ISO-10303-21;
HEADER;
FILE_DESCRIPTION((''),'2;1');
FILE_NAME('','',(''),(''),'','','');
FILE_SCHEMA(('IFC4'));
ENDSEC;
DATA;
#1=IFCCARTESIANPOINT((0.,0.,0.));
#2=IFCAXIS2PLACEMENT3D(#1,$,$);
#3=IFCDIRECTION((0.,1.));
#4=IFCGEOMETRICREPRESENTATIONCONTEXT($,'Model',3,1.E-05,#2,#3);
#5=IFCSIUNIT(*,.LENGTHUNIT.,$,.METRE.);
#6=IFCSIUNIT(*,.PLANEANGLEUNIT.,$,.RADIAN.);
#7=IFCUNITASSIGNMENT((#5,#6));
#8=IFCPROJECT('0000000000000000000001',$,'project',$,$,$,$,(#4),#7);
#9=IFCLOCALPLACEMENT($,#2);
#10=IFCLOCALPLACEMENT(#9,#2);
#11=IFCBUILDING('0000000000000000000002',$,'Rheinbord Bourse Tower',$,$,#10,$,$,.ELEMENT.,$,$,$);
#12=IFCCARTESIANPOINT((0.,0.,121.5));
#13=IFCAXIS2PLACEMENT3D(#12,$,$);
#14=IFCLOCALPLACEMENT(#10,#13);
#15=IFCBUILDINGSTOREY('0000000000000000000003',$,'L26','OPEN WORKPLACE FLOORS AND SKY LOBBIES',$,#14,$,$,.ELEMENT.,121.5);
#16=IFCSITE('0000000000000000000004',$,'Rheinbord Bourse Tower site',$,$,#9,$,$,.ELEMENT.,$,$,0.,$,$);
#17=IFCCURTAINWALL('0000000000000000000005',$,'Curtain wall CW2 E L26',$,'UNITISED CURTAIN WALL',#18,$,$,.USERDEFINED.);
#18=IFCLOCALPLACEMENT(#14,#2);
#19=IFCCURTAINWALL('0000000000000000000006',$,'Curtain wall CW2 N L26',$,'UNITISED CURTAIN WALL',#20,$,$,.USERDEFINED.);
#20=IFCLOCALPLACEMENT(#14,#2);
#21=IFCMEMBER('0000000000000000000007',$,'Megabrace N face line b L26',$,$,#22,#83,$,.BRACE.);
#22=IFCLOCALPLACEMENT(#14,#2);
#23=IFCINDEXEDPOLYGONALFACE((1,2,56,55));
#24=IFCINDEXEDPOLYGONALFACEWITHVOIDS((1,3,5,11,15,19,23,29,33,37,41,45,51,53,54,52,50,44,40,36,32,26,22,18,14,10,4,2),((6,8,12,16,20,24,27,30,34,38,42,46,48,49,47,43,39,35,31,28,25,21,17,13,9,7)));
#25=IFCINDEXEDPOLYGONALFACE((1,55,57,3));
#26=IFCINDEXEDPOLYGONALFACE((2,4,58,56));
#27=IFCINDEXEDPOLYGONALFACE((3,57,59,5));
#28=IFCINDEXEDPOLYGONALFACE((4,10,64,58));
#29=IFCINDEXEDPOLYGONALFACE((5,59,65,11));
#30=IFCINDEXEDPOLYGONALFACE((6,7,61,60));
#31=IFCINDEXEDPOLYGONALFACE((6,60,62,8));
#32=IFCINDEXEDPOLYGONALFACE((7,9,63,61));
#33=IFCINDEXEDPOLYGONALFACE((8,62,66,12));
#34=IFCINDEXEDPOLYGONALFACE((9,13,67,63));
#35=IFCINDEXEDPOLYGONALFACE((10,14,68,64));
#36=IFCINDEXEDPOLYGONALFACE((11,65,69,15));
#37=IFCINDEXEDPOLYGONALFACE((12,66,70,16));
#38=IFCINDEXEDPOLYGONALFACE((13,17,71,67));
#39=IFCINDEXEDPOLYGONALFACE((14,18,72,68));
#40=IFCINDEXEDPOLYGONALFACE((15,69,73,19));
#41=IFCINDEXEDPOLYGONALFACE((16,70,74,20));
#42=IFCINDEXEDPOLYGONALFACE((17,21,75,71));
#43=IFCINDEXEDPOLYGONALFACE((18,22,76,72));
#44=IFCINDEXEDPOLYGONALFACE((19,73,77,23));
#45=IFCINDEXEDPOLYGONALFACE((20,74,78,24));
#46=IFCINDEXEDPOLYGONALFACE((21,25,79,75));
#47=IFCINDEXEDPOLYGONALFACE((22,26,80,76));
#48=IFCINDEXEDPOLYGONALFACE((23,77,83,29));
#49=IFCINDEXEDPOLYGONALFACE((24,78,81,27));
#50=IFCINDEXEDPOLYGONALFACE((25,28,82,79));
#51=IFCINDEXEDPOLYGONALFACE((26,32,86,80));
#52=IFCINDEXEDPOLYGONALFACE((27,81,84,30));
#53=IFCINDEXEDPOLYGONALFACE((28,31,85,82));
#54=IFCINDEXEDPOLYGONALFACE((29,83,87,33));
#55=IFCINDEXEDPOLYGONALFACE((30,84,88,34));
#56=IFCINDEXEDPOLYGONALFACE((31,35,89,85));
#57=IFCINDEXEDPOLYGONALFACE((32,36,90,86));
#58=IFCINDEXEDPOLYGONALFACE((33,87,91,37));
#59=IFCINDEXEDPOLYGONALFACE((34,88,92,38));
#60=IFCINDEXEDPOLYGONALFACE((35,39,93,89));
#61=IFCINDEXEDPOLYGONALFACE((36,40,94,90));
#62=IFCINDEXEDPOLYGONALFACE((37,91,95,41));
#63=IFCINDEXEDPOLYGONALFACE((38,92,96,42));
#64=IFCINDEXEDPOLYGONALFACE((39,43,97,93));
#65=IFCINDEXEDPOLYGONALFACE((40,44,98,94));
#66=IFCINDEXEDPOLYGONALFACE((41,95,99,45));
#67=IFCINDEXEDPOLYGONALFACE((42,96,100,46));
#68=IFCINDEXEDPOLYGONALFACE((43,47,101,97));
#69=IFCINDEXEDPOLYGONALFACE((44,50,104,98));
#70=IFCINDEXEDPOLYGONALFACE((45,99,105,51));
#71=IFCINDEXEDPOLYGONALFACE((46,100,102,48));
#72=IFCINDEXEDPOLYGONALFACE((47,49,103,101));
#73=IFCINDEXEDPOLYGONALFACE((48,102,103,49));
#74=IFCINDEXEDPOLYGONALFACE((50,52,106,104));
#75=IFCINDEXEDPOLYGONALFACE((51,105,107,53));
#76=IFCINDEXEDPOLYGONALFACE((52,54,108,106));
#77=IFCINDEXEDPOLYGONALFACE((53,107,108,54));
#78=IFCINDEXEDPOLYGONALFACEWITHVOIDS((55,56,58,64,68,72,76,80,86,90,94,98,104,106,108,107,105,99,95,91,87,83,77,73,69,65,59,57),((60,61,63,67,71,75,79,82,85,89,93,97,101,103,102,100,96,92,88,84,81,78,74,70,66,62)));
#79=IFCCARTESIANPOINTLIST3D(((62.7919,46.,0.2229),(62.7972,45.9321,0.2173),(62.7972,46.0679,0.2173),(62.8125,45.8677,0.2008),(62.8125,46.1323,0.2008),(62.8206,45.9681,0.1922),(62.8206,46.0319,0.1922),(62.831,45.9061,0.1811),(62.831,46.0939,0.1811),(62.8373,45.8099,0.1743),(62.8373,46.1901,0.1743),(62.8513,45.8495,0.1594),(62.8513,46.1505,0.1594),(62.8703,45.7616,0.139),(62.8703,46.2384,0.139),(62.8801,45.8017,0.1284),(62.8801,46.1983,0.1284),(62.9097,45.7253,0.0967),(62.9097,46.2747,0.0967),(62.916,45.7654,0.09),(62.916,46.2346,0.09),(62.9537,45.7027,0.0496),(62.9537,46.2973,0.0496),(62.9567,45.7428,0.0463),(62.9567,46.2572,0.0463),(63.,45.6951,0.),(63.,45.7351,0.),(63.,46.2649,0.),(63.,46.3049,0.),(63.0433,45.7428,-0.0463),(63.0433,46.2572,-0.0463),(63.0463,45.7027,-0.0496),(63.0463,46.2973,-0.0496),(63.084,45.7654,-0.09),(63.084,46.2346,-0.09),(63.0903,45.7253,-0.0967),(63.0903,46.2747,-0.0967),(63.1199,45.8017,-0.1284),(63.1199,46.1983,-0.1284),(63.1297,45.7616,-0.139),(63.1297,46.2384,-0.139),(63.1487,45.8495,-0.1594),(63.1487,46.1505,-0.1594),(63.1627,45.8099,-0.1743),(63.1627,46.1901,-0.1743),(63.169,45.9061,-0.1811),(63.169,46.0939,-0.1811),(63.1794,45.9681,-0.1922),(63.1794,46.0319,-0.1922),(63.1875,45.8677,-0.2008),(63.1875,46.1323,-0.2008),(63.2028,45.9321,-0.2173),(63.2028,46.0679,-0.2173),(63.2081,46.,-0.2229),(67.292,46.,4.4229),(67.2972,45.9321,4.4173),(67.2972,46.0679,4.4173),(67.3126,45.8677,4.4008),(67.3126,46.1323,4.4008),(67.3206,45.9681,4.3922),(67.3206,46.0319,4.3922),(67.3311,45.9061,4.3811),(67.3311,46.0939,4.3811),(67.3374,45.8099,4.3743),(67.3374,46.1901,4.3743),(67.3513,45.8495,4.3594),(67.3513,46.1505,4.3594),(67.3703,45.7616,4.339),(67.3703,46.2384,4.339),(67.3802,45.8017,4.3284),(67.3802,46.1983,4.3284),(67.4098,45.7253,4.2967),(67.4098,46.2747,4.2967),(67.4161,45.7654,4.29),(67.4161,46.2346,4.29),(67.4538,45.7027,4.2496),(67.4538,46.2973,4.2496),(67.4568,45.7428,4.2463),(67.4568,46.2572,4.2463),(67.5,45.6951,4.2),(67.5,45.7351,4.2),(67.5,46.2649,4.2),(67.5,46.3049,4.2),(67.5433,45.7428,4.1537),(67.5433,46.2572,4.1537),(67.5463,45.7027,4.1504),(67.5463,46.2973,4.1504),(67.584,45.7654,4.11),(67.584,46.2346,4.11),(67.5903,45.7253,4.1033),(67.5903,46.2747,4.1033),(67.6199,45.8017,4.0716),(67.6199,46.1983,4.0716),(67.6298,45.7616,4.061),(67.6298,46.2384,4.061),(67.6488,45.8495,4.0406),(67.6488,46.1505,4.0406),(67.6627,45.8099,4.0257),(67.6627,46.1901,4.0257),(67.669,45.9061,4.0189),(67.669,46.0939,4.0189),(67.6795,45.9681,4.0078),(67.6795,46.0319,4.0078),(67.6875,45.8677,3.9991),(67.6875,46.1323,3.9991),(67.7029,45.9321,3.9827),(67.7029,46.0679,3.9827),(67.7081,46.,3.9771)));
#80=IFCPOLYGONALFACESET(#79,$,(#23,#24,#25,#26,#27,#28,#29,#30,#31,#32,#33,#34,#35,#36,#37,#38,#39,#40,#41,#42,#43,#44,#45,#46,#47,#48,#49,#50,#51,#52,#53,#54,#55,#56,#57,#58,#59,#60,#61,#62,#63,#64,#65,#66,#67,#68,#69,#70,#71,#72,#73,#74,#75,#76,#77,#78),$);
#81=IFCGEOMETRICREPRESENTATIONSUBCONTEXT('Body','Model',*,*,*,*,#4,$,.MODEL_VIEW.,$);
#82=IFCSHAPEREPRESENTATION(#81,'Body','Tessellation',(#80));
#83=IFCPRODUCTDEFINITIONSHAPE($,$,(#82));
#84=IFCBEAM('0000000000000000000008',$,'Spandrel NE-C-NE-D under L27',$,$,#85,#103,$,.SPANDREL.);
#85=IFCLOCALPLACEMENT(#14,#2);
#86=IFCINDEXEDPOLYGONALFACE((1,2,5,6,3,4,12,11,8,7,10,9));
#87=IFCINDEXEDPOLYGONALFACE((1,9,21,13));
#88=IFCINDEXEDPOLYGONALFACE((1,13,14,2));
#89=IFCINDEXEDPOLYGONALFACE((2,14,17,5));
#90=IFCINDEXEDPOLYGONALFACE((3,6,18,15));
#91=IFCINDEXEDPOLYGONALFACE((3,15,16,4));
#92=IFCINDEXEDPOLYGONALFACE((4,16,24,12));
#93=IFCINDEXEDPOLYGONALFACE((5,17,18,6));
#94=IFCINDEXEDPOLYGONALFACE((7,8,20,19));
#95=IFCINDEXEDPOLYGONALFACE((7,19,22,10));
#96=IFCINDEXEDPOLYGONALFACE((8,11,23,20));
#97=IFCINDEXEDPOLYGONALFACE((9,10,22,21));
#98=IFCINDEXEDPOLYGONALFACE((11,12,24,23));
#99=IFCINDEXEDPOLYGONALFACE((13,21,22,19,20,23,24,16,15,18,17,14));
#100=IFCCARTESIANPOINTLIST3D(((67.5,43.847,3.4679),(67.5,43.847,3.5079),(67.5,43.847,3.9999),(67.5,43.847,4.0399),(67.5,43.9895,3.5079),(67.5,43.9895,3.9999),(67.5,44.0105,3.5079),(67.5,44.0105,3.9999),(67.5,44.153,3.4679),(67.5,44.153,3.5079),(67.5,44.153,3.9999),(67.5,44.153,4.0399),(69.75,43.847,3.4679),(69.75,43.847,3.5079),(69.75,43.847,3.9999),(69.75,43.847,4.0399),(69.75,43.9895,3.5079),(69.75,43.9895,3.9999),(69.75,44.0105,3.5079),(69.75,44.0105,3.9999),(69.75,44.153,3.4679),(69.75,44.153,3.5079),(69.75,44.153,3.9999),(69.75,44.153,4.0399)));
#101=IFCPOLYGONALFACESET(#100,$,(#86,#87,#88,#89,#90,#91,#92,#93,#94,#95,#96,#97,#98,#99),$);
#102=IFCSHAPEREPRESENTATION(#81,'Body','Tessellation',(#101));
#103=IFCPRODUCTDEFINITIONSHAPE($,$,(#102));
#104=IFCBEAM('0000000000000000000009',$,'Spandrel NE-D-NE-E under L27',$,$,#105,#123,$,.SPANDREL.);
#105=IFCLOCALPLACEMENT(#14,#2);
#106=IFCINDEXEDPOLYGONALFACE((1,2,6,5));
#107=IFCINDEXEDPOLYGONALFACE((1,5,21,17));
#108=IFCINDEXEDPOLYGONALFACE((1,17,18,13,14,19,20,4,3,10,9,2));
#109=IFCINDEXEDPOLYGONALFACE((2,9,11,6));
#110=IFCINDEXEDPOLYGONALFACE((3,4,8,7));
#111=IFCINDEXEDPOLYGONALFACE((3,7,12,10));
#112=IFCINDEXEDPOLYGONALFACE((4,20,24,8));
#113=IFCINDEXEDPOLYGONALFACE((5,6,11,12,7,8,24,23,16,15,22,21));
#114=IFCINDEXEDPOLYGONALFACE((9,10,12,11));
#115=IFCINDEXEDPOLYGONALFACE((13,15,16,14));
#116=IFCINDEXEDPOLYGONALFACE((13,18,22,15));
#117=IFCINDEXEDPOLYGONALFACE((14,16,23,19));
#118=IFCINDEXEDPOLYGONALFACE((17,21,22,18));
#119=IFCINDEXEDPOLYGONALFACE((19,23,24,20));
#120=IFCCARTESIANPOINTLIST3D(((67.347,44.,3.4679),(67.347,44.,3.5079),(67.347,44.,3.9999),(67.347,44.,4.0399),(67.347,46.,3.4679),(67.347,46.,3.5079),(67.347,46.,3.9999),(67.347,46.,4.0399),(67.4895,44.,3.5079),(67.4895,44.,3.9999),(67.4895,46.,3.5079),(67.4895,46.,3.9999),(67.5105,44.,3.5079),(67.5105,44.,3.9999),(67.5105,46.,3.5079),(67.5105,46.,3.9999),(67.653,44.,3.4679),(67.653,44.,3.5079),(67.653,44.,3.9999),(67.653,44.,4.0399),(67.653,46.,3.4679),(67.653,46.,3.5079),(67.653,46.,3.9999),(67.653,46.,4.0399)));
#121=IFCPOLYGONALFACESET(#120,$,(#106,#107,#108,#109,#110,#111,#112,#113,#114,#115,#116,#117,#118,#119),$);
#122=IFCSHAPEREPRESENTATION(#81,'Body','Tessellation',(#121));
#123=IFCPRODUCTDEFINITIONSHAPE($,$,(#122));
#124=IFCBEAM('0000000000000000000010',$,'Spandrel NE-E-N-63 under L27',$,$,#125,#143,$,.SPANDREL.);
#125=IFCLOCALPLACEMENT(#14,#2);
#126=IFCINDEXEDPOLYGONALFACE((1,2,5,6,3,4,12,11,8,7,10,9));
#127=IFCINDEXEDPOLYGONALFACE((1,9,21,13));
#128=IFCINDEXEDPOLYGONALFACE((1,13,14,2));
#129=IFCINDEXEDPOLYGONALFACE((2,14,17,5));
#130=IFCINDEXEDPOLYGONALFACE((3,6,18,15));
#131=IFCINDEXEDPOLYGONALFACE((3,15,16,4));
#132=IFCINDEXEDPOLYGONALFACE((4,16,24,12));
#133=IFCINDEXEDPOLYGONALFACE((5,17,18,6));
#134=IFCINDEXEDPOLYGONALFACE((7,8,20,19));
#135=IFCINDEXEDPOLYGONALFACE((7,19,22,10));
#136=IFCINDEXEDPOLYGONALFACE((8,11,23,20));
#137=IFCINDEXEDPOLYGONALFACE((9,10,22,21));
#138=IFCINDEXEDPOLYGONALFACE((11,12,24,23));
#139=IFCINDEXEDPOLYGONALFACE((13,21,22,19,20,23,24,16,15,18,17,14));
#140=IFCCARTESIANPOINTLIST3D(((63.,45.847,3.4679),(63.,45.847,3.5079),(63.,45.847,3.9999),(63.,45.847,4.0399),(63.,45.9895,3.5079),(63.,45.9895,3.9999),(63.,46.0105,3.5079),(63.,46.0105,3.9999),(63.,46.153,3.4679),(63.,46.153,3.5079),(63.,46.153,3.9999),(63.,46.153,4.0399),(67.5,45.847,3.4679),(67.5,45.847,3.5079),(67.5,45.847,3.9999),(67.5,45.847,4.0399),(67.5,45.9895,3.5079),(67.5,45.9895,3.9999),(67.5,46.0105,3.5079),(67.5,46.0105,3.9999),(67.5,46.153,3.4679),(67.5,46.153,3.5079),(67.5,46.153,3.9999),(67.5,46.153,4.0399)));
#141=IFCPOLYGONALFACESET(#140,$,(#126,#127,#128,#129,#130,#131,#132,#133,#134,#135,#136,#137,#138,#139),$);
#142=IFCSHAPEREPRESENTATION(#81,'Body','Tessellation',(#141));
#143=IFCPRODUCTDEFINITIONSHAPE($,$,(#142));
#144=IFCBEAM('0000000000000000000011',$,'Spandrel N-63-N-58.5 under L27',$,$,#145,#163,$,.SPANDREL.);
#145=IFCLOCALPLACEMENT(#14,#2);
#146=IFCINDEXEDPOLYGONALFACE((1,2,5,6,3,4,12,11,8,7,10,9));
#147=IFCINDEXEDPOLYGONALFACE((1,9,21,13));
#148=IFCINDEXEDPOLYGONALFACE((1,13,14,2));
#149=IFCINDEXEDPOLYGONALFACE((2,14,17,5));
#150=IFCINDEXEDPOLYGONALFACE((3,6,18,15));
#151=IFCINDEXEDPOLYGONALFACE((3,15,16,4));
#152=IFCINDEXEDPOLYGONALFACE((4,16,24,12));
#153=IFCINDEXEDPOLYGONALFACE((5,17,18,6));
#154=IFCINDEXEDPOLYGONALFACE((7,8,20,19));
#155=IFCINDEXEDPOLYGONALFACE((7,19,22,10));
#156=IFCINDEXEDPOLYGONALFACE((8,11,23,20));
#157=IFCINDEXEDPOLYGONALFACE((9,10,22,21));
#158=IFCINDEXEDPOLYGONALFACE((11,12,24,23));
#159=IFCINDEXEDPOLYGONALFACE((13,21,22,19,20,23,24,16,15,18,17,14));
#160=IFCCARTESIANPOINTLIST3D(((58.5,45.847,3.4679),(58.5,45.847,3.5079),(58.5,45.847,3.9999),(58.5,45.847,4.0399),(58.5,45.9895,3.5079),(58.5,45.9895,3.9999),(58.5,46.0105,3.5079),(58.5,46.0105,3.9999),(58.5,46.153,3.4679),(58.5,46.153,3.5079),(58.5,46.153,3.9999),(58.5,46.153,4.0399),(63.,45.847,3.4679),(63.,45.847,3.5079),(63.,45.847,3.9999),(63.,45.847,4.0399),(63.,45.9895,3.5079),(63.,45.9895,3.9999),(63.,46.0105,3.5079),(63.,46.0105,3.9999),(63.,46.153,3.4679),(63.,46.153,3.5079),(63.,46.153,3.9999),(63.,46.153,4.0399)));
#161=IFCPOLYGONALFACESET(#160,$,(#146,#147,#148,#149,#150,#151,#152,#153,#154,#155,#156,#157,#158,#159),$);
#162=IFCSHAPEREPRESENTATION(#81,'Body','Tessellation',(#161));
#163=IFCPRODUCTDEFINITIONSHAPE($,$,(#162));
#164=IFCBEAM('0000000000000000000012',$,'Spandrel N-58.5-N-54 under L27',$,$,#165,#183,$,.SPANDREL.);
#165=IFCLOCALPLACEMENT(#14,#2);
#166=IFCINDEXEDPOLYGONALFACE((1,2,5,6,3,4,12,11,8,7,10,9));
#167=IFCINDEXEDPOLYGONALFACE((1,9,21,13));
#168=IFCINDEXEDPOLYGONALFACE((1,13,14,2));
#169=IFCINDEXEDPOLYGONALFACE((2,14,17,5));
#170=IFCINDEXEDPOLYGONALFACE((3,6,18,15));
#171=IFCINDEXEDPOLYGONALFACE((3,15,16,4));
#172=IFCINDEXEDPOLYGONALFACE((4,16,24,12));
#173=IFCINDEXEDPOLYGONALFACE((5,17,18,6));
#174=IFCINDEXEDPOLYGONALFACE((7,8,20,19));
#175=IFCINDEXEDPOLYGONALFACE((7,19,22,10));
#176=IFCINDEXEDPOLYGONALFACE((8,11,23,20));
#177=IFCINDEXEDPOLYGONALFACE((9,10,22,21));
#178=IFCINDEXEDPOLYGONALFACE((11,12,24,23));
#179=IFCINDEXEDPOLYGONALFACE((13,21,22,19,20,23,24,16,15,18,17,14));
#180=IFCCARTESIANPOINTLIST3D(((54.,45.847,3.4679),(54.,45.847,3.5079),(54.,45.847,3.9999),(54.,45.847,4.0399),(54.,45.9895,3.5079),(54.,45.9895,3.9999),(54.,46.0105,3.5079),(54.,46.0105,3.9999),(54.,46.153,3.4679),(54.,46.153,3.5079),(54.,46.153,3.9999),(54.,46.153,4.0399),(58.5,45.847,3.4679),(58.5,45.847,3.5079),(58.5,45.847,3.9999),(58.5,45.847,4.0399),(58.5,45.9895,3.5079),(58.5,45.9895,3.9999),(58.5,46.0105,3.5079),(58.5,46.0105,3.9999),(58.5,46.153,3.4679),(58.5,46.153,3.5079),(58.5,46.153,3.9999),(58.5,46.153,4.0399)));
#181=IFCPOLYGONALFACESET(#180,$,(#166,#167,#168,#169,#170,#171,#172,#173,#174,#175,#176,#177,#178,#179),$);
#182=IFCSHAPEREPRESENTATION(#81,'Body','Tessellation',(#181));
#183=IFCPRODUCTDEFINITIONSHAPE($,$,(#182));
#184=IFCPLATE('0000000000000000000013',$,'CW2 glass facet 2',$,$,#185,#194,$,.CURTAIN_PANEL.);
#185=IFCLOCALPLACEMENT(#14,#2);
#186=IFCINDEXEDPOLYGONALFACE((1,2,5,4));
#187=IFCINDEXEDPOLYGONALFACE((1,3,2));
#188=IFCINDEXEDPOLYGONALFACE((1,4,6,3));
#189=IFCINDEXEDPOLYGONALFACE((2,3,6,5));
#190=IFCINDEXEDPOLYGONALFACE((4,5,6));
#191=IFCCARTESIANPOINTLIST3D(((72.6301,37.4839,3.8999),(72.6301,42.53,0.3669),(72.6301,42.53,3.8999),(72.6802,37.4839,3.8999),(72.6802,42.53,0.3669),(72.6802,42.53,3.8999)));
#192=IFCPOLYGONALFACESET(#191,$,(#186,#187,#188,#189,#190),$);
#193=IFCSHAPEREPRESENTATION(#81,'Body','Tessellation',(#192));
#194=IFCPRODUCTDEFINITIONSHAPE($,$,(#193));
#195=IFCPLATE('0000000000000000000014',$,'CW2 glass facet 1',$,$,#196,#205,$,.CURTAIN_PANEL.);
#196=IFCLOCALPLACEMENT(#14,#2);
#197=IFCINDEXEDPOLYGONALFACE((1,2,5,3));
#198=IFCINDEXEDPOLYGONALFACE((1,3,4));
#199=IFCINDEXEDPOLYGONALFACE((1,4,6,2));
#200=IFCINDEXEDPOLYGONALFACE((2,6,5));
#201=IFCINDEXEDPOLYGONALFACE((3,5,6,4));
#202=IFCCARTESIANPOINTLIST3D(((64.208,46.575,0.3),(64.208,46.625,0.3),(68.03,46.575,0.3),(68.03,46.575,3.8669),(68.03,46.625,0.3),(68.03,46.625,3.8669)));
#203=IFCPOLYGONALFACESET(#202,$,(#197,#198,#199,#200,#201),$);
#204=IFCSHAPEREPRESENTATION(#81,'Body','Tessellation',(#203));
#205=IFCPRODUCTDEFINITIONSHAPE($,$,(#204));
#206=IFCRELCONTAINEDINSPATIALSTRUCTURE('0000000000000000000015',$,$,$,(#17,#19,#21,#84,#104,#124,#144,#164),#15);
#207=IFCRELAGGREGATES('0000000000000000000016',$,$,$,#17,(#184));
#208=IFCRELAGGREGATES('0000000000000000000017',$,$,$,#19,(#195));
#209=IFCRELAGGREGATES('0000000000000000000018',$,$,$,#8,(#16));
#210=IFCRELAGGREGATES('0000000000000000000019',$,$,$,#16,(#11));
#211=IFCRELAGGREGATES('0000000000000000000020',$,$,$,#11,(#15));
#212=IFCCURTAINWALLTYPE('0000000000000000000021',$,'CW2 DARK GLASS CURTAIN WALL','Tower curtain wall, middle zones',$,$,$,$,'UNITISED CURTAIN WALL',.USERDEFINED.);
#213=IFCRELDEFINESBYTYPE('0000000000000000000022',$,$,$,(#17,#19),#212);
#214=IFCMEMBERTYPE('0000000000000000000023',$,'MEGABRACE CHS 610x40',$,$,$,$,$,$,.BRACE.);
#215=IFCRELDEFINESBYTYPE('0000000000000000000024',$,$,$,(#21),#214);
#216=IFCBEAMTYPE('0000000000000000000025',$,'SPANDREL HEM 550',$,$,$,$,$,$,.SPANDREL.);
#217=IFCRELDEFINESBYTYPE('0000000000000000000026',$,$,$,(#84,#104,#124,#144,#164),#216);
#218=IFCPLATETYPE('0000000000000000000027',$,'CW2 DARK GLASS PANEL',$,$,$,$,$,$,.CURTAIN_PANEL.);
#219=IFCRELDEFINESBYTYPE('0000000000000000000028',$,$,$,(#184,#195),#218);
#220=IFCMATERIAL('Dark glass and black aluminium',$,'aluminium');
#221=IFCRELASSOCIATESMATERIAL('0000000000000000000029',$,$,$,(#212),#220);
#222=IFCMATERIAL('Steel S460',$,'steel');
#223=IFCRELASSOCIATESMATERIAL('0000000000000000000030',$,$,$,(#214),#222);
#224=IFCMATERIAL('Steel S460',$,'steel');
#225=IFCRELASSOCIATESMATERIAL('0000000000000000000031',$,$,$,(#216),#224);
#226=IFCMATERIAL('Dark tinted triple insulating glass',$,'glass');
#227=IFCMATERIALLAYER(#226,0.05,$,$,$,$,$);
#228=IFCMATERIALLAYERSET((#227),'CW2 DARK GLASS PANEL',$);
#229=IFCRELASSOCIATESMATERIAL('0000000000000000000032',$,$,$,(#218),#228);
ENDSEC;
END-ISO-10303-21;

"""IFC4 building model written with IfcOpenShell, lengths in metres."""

from ifc_helpers import new_model, si_unit, direction, frame, origin, origin_2d, place, context, subcontext, project, spatial, polyline, hollow_circle, i_section, outline, extrude, material, layer, layer_set, material_profile, profile_set, type_object, element, aggregate, save


model = new_model("IFC4")

# Units and contexts
model_context = context("Model", 3, precision=1e-05, world=origin(), true_north=direction((0.0, 1.0)))
body_context = subcontext(model_context, "Body", "Model", "MODEL_VIEW")
ifc_project = project(units=[si_unit("LENGTHUNIT", "METRE"), si_unit("PLANEANGLEUNIT", "RADIAN")], contexts=[model_context])

# Site, building, storey
site_placement = place(None, origin())
site = spatial("IfcSite", under=ifc_project, at=site_placement, Name="Rheinbord Bourse Tower site", CompositionType="ELEMENT", RefElevation=0.0)
building_placement = place(site_placement, origin())
building = spatial("IfcBuilding", under=site, at=building_placement, Name="Rheinbord Bourse Tower", CompositionType="ELEMENT")
storey_placement = place(building_placement, frame((0.0, 0.0, 121.5)))
storey = spatial("IfcBuildingStorey", under=building, at=storey_placement, Name="L26", Description="OPEN WORKPLACE FLOORS AND SKY LOBBIES", CompositionType="ELEMENT", Elevation=121.5)

# Curtain walls
ifc_material_1 = material(Name="Dark glass and black aluminium", Category="aluminium")
curtain_wall_type = type_object("IfcCurtainWallType", Name="CW2 DARK GLASS CURTAIN WALL", Description="Tower curtain wall, middle zones", ElementType="UNITISED CURTAIN WALL", PredefinedType="USERDEFINED", material=ifc_material_1)
curtain_wall_1_placement = place(storey_placement, origin())
curtain_wall_1 = element("IfcCurtainWall", 1, at=curtain_wall_1_placement, inside=storey, type_object=curtain_wall_type, Name="Curtain wall CW2 E L26", ObjectType="UNITISED CURTAIN WALL", PredefinedType="USERDEFINED")
curtain_wall_2_placement = place(storey_placement, origin())
curtain_wall_2 = element("IfcCurtainWall", 2, at=curtain_wall_2_placement, inside=storey, type_object=curtain_wall_type, Name="Curtain wall CW2 N L26", ObjectType="UNITISED CURTAIN WALL", PredefinedType="USERDEFINED")

# Member
ifc_material_2 = material(Name="Steel S460", Category="steel")
ifc_material_profile_1 = material_profile(ifc_material_2, hollow_circle(Radius=0.3049, WallThickness=0.04, at=origin_2d()), Name="CHS 610x40")
ifc_profile_set_1 = profile_set([ifc_material_profile_1], Name="Steel S460")
member_type_1 = type_object("IfcMemberType", Name="MEGABRACE CHS 610x40", PredefinedType="BRACE", material=ifc_profile_set_1)
member_1_placement = place(storey_placement, frame((63.0, 46.0, 0.0), z_axis=(0.731059, 0.0, 0.682314), x_axis=(0.0, 1.0, 0.0)))
element("IfcMember", 3, at=member_1_placement, inside=storey, type_object=member_type_1, Name="Megabrace N face line b L26", PredefinedType="BRACE", context=body_context, shape_type="SweptSolid", body=[
    extrude(hollow_circle(Radius=0.3049, WallThickness=0.04, at=origin_2d()), origin(), (0.0, 0.0, 1.0), 6.1555),
])

# Beams
ifc_material_3 = material(Name="Steel S460", Category="steel")
ifc_material_profile_2 = material_profile(ifc_material_3, i_section(OverallWidth=0.3059, OverallDepth=0.572, WebThickness=0.021, FlangeThickness=0.04, at=origin_2d()), Name="HEM 550")
ifc_profile_set_2 = profile_set([ifc_material_profile_2], Name="Steel S460")
beam_type_1 = type_object("IfcBeamType", Name="SPANDREL HEM 550", PredefinedType="SPANDREL", material=ifc_profile_set_2)
beam_1_placement = place(storey_placement, frame((69.75, 44.0, 3.7539), z_axis=(-1.0, 0.0, 0.0), x_axis=(0.0, -1.0, 0.0)))
element("IfcBeam", 4, at=beam_1_placement, inside=storey, type_object=beam_type_1, Name="Spandrel NE-C-NE-D under L27", PredefinedType="SPANDREL", context=body_context, shape_type="SweptSolid", body=[
    extrude(i_section(OverallWidth=0.3059, OverallDepth=0.572, WebThickness=0.021, FlangeThickness=0.04, at=origin_2d()), origin(), (0.0, 0.0, 1.0), 2.25),
])
beam_2_placement = place(storey_placement, frame((67.5, 44.0, 3.7539), z_axis=(0.0, 1.0, 0.0), x_axis=(-1.0, 0.0, 0.0)))
element("IfcBeam", 5, at=beam_2_placement, inside=storey, type_object=beam_type_1, Name="Spandrel NE-D-NE-E under L27", PredefinedType="SPANDREL", context=body_context, shape_type="SweptSolid", body=[
    extrude(i_section(OverallWidth=0.3059, OverallDepth=0.572, WebThickness=0.021, FlangeThickness=0.04, at=origin_2d()), origin(), (0.0, 0.0, 1.0), 2.0),
])
for number, where, z_axis, x_axis, name in (
    (6, (67.5, 46.0, 3.7539), (-1.0, 0.0, 0.0), (0.0, -1.0, 0.0), "Spandrel NE-E-N-63 under L27"),
    (7, (63.0, 46.0, 3.7539), (-1.0, 0.0, 0.0), (0.0, -1.0, 0.0), "Spandrel N-63-N-58.5 under L27"),
    (8, (58.5, 46.0, 3.7539), (-1.0, 0.0, 0.0), (0.0, -1.0, 0.0), "Spandrel N-58.5-N-54 under L27"),
):
    element("IfcBeam", number, at=place(storey_placement, frame(where, z_axis=z_axis, x_axis=x_axis)), inside=storey, type_object=beam_type_1, Name=name, PredefinedType="SPANDREL", context=body_context, shape_type="SweptSolid", body=[
        extrude(i_section(OverallWidth=0.3059, OverallDepth=0.572, WebThickness=0.021, FlangeThickness=0.04, at=origin_2d()), origin(), (0.0, 0.0, 1.0), 4.5),
    ])

# Plates
ifc_material_4 = material(Name="Dark tinted triple insulating glass", Category="glass")
ifc_layer_1 = layer(ifc_material_4, 0.05)
ifc_layer_set_1 = layer_set([ifc_layer_1], Name="CW2 DARK GLASS PANEL")
plate_type = type_object("IfcPlateType", Name="CW2 DARK GLASS PANEL", PredefinedType="CURTAIN_PANEL", material=ifc_layer_set_1)
plate_1_placement = place(storey_placement, frame((72.6802, 42.53, 3.8999), z_axis=(-1.0, 0.0, 0.0), x_axis=(0.0, 0.0, -1.0)))
plate_1 = element("IfcPlate", 9, at=plate_1_placement, type_object=plate_type, Name="CW2 glass facet 2", PredefinedType="CURTAIN_PANEL", context=body_context, shape_type="SweptSolid", body=[
    extrude(outline(polyline([(0.0, 0.0), (3.533, 0.0), (0.0, 5.0461), (0.0, 0.0)])), origin(), (0.0, 0.0, 1.0), 0.05),
])
aggregate(curtain_wall_1, [plate_1])
plate_2_placement = place(storey_placement, frame((68.03, 46.625, 0.3), z_axis=(0.0, -1.0, 0.0), x_axis=(0.0, 0.0, 1.0)))
plate_2 = element("IfcPlate", 10, at=plate_2_placement, type_object=plate_type, Name="CW2 glass facet 1", PredefinedType="CURTAIN_PANEL", context=body_context, shape_type="SweptSolid", body=[
    extrude(outline(polyline([(0.0, 0.0), (3.5669, 0.0), (0.0, 3.822), (0.0, 0.0)])), origin(), (0.0, 0.0, 1.0), 0.05),
])
aggregate(curtain_wall_2, [plate_2])

save(model, "model.ifc")
